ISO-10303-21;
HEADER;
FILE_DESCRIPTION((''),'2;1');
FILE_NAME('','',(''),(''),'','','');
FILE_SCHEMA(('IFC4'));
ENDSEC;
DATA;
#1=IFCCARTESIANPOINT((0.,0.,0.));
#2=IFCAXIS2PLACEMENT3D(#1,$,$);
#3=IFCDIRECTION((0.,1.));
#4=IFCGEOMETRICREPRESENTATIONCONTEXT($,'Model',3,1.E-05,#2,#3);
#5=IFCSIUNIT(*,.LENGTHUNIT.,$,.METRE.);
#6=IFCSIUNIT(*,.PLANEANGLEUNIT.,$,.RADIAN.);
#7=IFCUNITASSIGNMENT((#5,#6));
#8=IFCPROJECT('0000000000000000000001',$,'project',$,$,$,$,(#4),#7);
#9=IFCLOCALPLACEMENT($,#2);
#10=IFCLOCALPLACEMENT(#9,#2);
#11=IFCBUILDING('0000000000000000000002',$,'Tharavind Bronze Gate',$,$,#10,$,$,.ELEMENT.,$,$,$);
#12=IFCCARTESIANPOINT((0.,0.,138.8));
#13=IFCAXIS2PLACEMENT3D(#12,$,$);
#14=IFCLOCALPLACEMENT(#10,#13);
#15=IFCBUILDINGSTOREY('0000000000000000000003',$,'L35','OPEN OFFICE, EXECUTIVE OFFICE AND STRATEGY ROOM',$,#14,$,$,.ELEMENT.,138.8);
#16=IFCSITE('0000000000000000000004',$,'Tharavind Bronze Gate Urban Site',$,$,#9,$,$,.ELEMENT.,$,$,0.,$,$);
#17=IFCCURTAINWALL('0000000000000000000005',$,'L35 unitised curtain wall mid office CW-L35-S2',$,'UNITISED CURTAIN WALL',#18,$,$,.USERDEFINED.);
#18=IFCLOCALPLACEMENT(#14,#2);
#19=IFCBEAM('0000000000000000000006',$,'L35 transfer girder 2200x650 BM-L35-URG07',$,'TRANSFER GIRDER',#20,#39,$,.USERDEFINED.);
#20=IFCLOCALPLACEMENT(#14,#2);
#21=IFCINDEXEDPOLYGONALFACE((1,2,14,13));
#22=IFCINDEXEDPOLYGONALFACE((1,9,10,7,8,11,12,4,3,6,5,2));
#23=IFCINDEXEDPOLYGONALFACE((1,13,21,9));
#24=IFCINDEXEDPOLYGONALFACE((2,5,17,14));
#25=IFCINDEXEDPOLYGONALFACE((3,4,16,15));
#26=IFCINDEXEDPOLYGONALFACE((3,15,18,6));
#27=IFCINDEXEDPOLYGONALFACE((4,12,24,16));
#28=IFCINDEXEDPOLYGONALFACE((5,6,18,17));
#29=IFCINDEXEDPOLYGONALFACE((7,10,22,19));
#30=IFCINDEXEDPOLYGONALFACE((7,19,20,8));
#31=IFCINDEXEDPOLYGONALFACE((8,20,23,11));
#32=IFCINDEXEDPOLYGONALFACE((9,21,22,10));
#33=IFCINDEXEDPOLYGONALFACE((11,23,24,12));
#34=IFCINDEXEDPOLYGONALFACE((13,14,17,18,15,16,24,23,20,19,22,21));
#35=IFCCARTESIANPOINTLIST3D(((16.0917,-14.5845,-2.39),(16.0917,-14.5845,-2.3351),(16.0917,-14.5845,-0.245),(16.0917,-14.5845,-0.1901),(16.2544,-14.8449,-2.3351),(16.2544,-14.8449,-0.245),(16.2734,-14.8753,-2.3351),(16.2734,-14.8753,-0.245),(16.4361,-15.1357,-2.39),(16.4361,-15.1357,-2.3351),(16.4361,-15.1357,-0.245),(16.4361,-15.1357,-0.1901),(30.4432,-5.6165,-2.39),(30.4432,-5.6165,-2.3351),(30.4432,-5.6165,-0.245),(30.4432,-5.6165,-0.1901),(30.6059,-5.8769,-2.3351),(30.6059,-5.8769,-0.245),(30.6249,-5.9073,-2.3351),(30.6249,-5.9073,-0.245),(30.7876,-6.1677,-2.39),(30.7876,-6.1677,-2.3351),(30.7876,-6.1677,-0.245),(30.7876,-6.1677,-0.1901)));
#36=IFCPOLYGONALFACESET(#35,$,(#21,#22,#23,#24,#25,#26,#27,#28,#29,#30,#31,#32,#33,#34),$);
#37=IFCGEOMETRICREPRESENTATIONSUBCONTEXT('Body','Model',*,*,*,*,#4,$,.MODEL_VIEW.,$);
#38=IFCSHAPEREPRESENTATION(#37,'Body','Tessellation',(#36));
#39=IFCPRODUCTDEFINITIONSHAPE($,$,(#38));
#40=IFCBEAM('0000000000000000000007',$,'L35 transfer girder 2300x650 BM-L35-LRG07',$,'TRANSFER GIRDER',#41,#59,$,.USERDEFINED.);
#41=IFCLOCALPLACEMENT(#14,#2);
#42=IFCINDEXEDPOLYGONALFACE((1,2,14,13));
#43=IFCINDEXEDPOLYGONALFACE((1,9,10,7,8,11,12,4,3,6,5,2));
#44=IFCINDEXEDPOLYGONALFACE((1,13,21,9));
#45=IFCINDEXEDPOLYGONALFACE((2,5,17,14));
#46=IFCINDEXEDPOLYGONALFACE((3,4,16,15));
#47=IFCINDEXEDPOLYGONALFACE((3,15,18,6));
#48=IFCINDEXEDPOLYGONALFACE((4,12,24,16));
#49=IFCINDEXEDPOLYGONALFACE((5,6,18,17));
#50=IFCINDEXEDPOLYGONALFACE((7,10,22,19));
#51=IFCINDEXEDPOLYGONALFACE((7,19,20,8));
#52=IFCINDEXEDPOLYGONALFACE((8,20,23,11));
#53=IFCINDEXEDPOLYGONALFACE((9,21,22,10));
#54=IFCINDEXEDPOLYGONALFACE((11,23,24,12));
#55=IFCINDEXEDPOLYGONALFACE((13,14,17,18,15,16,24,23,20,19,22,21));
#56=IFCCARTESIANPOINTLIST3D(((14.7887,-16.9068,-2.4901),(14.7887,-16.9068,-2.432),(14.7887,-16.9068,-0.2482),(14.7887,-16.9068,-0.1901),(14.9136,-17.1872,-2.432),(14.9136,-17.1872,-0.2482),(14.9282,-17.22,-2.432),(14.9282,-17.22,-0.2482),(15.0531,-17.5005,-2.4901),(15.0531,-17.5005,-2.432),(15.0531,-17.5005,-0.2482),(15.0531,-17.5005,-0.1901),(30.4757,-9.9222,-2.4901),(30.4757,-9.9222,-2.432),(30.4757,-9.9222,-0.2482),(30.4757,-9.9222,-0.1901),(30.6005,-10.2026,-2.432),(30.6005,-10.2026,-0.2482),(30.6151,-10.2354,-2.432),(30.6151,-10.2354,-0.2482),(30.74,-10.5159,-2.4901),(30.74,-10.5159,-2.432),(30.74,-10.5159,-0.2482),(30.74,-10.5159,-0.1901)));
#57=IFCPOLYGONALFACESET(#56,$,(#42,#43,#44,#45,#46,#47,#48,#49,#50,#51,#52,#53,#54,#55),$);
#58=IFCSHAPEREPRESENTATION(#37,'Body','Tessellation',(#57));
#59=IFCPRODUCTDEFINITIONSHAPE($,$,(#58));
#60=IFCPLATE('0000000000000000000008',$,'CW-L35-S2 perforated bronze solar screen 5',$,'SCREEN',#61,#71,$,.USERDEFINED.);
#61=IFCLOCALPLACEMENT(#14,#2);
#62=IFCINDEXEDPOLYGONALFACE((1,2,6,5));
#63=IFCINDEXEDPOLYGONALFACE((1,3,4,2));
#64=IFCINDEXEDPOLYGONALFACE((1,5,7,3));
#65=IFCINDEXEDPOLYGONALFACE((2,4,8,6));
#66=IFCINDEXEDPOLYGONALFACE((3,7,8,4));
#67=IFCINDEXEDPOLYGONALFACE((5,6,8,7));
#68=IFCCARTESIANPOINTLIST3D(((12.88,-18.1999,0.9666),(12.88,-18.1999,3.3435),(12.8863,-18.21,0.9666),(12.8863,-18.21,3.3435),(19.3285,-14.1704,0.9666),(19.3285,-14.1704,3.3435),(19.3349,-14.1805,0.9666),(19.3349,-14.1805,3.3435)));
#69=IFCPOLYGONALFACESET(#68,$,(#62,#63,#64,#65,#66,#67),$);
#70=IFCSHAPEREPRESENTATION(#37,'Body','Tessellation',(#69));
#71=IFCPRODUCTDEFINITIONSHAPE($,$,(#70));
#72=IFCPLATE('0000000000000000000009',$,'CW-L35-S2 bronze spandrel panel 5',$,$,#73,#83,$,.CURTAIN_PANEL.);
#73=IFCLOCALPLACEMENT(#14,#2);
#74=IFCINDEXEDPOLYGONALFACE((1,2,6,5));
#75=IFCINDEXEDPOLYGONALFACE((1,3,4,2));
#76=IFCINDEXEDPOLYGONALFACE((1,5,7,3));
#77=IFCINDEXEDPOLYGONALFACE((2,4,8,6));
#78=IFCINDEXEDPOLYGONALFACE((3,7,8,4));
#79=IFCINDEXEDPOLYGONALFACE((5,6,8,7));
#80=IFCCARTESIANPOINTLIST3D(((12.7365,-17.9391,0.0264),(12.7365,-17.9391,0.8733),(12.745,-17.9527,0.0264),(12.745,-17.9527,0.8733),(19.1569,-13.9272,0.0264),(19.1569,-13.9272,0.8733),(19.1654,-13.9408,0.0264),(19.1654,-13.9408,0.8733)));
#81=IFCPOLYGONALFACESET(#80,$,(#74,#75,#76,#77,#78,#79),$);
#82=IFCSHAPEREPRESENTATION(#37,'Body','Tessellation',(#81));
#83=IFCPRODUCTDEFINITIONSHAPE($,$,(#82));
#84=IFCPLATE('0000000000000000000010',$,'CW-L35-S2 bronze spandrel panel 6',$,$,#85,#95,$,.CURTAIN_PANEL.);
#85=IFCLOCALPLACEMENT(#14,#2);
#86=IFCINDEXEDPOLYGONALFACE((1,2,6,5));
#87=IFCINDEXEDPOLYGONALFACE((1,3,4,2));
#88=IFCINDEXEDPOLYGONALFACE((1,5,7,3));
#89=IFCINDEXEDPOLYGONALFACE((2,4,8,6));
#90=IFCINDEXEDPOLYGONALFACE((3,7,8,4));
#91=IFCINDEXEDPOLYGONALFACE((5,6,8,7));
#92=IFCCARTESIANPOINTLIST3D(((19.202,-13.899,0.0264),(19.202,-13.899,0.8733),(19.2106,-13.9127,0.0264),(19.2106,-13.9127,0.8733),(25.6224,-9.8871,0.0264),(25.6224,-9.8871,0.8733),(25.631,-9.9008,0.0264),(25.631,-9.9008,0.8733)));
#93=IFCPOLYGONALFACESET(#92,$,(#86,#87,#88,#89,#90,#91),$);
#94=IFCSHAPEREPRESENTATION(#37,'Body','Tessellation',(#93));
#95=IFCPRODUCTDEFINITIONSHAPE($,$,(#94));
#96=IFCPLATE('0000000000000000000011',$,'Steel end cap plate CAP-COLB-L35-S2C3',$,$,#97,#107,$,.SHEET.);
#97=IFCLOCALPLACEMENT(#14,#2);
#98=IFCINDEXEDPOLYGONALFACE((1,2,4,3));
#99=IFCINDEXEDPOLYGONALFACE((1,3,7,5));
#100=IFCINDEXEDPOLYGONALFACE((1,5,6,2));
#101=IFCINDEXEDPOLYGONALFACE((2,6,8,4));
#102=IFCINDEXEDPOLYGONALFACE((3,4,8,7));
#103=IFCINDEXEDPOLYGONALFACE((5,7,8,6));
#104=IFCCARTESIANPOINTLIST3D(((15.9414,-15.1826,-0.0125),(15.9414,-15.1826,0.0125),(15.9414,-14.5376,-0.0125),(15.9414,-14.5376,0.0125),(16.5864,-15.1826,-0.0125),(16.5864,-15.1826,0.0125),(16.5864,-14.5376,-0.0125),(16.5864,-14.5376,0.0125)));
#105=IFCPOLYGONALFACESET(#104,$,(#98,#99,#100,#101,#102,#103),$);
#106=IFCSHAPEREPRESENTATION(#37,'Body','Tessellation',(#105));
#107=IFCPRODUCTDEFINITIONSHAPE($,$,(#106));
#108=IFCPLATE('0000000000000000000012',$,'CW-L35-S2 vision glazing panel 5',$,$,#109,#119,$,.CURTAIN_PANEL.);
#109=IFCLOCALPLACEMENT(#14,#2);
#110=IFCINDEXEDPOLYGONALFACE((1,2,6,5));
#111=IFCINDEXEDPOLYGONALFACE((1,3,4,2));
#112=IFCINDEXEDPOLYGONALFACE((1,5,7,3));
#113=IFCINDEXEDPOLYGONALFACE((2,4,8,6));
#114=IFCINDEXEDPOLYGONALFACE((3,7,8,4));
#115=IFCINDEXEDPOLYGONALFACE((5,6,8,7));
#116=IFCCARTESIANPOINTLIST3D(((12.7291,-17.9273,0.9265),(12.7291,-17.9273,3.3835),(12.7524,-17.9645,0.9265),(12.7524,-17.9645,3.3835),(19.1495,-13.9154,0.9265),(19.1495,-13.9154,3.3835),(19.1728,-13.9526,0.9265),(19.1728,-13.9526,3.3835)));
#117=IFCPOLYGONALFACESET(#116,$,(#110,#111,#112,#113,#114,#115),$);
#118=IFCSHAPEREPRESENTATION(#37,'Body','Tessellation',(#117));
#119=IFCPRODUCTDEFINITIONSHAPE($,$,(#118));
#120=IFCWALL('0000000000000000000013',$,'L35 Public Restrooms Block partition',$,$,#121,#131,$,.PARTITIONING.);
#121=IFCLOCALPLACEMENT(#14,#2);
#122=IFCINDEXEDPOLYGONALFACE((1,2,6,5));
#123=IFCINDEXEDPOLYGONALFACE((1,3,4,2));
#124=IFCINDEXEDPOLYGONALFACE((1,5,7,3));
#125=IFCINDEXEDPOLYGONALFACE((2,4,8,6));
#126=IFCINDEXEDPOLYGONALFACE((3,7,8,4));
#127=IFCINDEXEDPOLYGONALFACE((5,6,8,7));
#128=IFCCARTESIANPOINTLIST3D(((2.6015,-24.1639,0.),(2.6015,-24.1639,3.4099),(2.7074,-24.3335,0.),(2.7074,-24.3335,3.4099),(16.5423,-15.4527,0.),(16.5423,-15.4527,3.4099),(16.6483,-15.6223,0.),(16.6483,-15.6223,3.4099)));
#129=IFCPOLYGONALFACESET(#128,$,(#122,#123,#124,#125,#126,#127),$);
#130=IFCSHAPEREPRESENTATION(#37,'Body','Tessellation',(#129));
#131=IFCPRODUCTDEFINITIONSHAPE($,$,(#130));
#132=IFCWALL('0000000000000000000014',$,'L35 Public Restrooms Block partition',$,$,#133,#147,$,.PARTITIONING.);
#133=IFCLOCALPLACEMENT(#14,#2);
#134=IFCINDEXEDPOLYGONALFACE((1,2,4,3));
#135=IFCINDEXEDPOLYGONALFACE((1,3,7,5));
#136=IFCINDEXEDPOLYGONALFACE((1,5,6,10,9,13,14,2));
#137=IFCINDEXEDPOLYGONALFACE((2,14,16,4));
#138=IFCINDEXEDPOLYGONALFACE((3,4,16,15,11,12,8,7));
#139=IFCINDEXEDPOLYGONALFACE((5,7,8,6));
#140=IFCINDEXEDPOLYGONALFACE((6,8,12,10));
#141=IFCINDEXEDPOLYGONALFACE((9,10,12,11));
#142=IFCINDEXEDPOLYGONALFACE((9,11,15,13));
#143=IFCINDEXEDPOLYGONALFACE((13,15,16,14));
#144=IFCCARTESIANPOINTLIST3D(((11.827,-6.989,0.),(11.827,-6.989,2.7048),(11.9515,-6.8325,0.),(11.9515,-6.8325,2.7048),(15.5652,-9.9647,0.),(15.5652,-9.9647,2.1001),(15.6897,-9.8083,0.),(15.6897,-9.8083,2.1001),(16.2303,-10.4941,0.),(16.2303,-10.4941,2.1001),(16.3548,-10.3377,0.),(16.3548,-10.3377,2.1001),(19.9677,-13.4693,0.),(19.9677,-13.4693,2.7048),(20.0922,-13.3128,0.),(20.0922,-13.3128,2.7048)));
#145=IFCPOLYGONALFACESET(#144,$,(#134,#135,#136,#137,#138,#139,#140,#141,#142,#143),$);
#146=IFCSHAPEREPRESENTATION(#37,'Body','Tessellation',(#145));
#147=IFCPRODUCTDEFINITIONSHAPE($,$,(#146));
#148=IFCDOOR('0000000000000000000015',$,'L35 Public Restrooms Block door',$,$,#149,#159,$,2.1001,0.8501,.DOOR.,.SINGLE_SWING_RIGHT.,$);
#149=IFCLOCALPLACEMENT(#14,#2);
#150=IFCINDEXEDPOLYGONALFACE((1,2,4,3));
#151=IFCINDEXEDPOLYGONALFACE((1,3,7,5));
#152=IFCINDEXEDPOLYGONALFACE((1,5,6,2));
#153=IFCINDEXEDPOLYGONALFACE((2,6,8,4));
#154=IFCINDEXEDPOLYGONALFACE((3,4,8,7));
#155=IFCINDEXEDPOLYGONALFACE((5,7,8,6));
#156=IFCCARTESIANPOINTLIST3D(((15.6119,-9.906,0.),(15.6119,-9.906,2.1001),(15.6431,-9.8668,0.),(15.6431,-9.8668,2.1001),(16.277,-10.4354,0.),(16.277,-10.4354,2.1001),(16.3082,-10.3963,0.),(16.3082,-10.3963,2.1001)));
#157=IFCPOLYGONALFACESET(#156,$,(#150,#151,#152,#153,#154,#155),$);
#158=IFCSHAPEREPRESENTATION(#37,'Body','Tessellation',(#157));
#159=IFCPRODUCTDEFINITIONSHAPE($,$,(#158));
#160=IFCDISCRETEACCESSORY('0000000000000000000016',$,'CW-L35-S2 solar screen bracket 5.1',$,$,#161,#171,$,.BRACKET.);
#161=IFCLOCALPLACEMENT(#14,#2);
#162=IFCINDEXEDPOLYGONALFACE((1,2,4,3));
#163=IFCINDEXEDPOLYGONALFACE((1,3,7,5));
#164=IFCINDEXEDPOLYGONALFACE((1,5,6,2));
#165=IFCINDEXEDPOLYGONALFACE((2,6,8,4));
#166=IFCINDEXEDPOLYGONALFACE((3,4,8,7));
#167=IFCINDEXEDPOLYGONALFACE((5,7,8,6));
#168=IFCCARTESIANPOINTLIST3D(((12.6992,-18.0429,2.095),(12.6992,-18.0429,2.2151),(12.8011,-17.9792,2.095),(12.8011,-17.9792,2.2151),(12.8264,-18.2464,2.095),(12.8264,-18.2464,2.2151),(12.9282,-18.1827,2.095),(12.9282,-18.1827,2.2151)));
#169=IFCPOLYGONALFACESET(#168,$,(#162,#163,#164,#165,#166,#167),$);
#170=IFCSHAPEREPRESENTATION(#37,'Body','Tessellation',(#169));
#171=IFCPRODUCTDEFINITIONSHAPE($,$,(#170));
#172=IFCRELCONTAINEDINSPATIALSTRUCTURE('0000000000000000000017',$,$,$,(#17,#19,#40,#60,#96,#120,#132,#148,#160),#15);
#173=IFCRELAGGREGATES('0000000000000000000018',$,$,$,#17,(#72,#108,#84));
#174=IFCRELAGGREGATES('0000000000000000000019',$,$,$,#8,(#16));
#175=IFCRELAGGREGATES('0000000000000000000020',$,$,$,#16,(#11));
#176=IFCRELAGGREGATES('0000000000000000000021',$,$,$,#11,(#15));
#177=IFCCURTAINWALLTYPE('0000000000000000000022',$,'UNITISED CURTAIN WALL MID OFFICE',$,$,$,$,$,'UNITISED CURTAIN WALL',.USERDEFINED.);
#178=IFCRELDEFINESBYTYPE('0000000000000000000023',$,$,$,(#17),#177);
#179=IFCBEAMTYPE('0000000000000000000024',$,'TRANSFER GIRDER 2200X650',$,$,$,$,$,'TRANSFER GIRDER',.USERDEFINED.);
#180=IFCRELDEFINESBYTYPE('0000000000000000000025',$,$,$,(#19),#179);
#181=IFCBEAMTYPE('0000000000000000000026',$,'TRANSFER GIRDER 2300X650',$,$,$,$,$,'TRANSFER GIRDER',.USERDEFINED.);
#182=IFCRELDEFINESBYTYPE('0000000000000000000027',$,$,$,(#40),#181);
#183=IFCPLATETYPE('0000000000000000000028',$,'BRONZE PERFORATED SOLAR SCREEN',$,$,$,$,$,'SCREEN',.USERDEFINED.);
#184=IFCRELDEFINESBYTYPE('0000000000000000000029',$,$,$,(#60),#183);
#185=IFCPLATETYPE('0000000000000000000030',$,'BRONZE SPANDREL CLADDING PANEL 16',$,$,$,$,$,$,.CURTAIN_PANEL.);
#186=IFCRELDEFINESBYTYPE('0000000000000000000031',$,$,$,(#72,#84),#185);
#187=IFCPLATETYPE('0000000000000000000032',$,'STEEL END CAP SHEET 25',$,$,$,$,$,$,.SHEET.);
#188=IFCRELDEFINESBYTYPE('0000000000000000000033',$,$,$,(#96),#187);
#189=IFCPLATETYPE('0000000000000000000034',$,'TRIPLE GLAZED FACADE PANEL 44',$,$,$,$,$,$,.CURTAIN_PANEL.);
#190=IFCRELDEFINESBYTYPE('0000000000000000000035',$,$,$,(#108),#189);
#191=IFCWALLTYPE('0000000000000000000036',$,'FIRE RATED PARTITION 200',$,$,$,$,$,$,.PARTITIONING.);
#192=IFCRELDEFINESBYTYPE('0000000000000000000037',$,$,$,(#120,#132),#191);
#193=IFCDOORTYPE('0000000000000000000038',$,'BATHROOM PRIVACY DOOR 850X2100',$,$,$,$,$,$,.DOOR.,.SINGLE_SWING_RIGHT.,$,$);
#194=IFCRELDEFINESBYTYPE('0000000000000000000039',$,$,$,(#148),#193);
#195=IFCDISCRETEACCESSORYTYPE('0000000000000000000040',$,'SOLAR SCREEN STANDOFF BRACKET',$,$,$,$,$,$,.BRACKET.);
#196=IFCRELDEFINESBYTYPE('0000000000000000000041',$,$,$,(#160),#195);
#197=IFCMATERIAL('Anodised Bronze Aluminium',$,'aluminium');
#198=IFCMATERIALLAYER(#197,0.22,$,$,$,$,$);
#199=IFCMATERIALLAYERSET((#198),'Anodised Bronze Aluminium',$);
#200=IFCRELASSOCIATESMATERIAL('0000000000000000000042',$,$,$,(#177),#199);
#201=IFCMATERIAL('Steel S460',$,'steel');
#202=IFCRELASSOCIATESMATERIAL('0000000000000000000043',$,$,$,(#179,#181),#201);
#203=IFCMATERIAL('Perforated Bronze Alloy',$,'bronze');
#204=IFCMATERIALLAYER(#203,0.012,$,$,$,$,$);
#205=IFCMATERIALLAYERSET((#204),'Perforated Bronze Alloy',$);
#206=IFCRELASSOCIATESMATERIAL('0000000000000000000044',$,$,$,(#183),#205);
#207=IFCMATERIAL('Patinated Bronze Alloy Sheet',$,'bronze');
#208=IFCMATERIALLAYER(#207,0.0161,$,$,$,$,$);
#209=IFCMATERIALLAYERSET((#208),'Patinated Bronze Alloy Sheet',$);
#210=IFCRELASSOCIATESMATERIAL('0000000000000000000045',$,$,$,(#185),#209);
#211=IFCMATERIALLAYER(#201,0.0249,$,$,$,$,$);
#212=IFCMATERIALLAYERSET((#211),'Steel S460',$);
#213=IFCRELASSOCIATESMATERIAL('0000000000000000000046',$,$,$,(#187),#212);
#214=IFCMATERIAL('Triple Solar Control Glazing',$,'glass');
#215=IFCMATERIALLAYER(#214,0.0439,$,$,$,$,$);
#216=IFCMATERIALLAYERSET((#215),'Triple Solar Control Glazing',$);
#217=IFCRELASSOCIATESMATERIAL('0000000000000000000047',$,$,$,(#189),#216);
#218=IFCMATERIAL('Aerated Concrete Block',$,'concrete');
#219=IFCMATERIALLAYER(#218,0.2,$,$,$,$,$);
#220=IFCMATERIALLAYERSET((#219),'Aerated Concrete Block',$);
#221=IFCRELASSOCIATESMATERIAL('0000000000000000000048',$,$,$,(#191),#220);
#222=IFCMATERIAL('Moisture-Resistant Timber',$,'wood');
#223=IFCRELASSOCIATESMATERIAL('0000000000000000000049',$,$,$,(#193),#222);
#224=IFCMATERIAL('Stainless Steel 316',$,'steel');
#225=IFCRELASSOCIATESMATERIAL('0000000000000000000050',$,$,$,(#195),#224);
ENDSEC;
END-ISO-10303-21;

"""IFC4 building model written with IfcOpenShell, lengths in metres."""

from ifc_helpers import new_model, si_unit, direction, frame, frame_2d, origin, origin_2d, place, context, subcontext, project, spatial, rectangle, i_section, extrude, material, layer, layer_set, material_profile, profile_set, type_object, element, fill, aggregate, save


model = new_model("IFC4")

# Units and contexts
model_context = context("Model", 3, precision=1e-05, world=origin(), true_north=direction((0.0, 1.0)))
body_context = subcontext(model_context, "Body", "Model", "MODEL_VIEW")
ifc_project = project(units=[si_unit("LENGTHUNIT", "METRE"), si_unit("PLANEANGLEUNIT", "RADIAN")], contexts=[model_context])

# Site, building, storey
site_placement = place(None, origin())
site = spatial("IfcSite", under=ifc_project, at=site_placement, Name="Tharavind Bronze Gate Urban Site", CompositionType="ELEMENT", RefElevation=0.0)
building_placement = place(site_placement, origin())
building = spatial("IfcBuilding", under=site, at=building_placement, Name="Tharavind Bronze Gate", CompositionType="ELEMENT")
storey_placement = place(building_placement, frame((0.0, 0.0, 138.8)))
storey = spatial("IfcBuildingStorey", under=building, at=storey_placement, Name="L35", Description="OPEN OFFICE, EXECUTIVE OFFICE AND STRATEGY ROOM", CompositionType="ELEMENT", Elevation=138.8)

# Shared definitions
ifc_material_1 = material(Name="Steel S460", Category="steel")

# Curtain wall
ifc_material_2 = material(Name="Anodised Bronze Aluminium", Category="aluminium")
ifc_layer_1 = layer(ifc_material_2, 0.22)
ifc_layer_set_1 = layer_set([ifc_layer_1], Name="Anodised Bronze Aluminium")
curtain_wall_type = type_object("IfcCurtainWallType", Name="UNITISED CURTAIN WALL MID OFFICE", ElementType="UNITISED CURTAIN WALL", PredefinedType="USERDEFINED", material=ifc_layer_set_1)
curtain_wall_placement = place(storey_placement, origin())
curtain_wall = element("IfcCurtainWall", 1, at=curtain_wall_placement, inside=storey, type_object=curtain_wall_type, Name="L35 unitised curtain wall mid office CW-L35-S2", ObjectType="UNITISED CURTAIN WALL", PredefinedType="USERDEFINED")

# Beams
ifc_material_profile_1 = material_profile(ifc_material_1, i_section(OverallWidth=0.6499, OverallDepth=2.2, WebThickness=0.0359, FlangeThickness=0.0549, at=origin_2d()), Name="PG2200X650")
ifc_profile_set_1 = profile_set([ifc_material_profile_1], Name="Steel S460")
beam_type_1 = type_object("IfcBeamType", Name="TRANSFER GIRDER 2200X650", ElementType="TRANSFER GIRDER", PredefinedType="USERDEFINED", material=ifc_profile_set_1)
beam_1_placement = place(storey_placement, frame((16.2639, -14.8601, -1.29), z_axis=(0.848044, 0.529926, 0.0), x_axis=(-0.529926, 0.848044, 0.0)))
element("IfcBeam", 2, at=beam_1_placement, inside=storey, type_object=beam_type_1, Name="L35 transfer girder 2200x650 BM-L35-URG07", ObjectType="TRANSFER GIRDER", PredefinedType="USERDEFINED", context=body_context, shape_type="SweptSolid", body=[
    extrude(i_section(OverallWidth=0.6499, OverallDepth=2.2, WebThickness=0.0359, FlangeThickness=0.0549, at=origin_2d()), origin(), (0.0, 0.0, 1.0), 16.9231),
])
ifc_material_profile_2 = material_profile(ifc_material_1, i_section(OverallWidth=0.6499, OverallDepth=2.3, WebThickness=0.0359, FlangeThickness=0.0581, at=origin_2d()), Name="PG2300X650")
ifc_profile_set_2 = profile_set([ifc_material_profile_2], Name="Steel S460")
beam_type_2 = type_object("IfcBeamType", Name="TRANSFER GIRDER 2300X650", ElementType="TRANSFER GIRDER", PredefinedType="USERDEFINED", material=ifc_profile_set_2)
beam_2_placement = place(storey_placement, frame((14.9209, -17.2036, -1.3401), z_axis=(0.913539, 0.406752, 0.0), x_axis=(-0.406752, 0.913539, 0.0)))
element("IfcBeam", 3, at=beam_2_placement, inside=storey, type_object=beam_type_2, Name="L35 transfer girder 2300x650 BM-L35-LRG07", ObjectType="TRANSFER GIRDER", PredefinedType="USERDEFINED", context=body_context, shape_type="SweptSolid", body=[
    extrude(i_section(OverallWidth=0.6499, OverallDepth=2.3, WebThickness=0.0359, FlangeThickness=0.0581, at=origin_2d()), origin(), (0.0, 0.0, 1.0), 17.1716),
])

# Plates
ifc_material_3 = material(Name="Perforated Bronze Alloy", Category="bronze")
ifc_layer_2 = layer(ifc_material_3, 0.012)
ifc_layer_set_2 = layer_set([ifc_layer_2], Name="Perforated Bronze Alloy")
plate_type_1 = type_object("IfcPlateType", Name="BRONZE PERFORATED SOLAR SCREEN", ElementType="SCREEN", PredefinedType="USERDEFINED", material=ifc_layer_set_2)
plate_1_placement = place(storey_placement, frame((16.1074, -16.1902, 0.9666), z_axis=(0.0, 0.0, 1.0), x_axis=(0.848048, 0.529919, 0.0)))
element("IfcPlate", 4, at=plate_1_placement, inside=storey, type_object=plate_type_1, Name="CW-L35-S2 perforated bronze solar screen 5", ObjectType="SCREEN", PredefinedType="USERDEFINED", context=body_context, shape_type="SweptSolid", body=[
    extrude(rectangle(XDim=7.604, YDim=0.012, at=origin_2d()), origin(), (0.0, 0.0, 1.0), 2.377),
])
ifc_material_4 = material(Name="Patinated Bronze Alloy Sheet", Category="bronze")
ifc_layer_3 = layer(ifc_material_4, 0.0161)
ifc_layer_set_3 = layer_set([ifc_layer_3], Name="Patinated Bronze Alloy Sheet")
plate_type_2 = type_object("IfcPlateType", Name="BRONZE SPANDREL CLADDING PANEL 16", PredefinedType="CURTAIN_PANEL", material=ifc_layer_set_3)
plate_2_placement = place(storey_placement, frame((15.9509, -15.9399, 0.0264), z_axis=(0.0, 0.0, 1.0), x_axis=(0.848048, 0.529919, 0.0)))
plate_2 = element("IfcPlate", 5, at=plate_2_placement, type_object=plate_type_2, Name="CW-L35-S2 bronze spandrel panel 5", PredefinedType="CURTAIN_PANEL", context=body_context, shape_type="SweptSolid", body=[
    extrude(rectangle(XDim=7.5708, YDim=0.0161, at=origin_2d()), origin(), (0.0, 0.0, 1.0), 0.8469),
])
plate_3_placement = place(storey_placement, frame((22.4165, -11.8999, 0.0264), z_axis=(0.0, 0.0, 1.0), x_axis=(0.848048, 0.529919, 0.0)))
plate_3 = element("IfcPlate", 6, at=plate_3_placement, type_object=plate_type_2, Name="CW-L35-S2 bronze spandrel panel 6", PredefinedType="CURTAIN_PANEL", context=body_context, shape_type="SweptSolid", body=[
    extrude(rectangle(XDim=7.5708, YDim=0.0161, at=origin_2d()), origin(), (0.0, 0.0, 1.0), 0.8469),
])
ifc_layer_4 = layer(ifc_material_1, 0.0249)
ifc_layer_set_4 = layer_set([ifc_layer_4], Name="Steel S460")
plate_type_3 = type_object("IfcPlateType", Name="STEEL END CAP SHEET 25", PredefinedType="SHEET", material=ifc_layer_set_4)
plate_4_placement = place(storey_placement, frame((16.2639, -14.8601, -0.0125), z_axis=(0.0, 0.0, 1.0), x_axis=(1.0, 0.0, 0.0)))
element("IfcPlate", 7, at=plate_4_placement, inside=storey, type_object=plate_type_3, Name="Steel end cap plate CAP-COLB-L35-S2C3", PredefinedType="SHEET", context=body_context, shape_type="SweptSolid", body=[
    extrude(rectangle(XDim=0.645, YDim=0.645, at=origin_2d()), origin(), (0.0, 0.0, 1.0), 0.0249),
])
ifc_material_5 = material(Name="Triple Solar Control Glazing", Category="glass")
ifc_layer_5 = layer(ifc_material_5, 0.0439)
ifc_layer_set_5 = layer_set([ifc_layer_5], Name="Triple Solar Control Glazing")
plate_type_4 = type_object("IfcPlateType", Name="TRIPLE GLAZED FACADE PANEL 44", PredefinedType="CURTAIN_PANEL", material=ifc_layer_set_5)
plate_5_placement = place(storey_placement, frame((15.9509, -15.9399, 0.9265), z_axis=(0.0, 0.0, 1.0), x_axis=(0.848048, 0.529919, 0.0)))
plate_5 = element("IfcPlate", 8, at=plate_5_placement, type_object=plate_type_4, Name="CW-L35-S2 vision glazing panel 5", PredefinedType="CURTAIN_PANEL", context=body_context, shape_type="SweptSolid", body=[
    extrude(rectangle(XDim=7.5708, YDim=0.0439, at=origin_2d()), origin(), (0.0, 0.0, 1.0), 2.457),
])
aggregate(curtain_wall, [plate_2, plate_5, plate_3])

# Wall
ifc_material_6 = material(Name="Aerated Concrete Block", Category="concrete")
ifc_layer_6 = layer(ifc_material_6, 0.2)
ifc_layer_set_6 = layer_set([ifc_layer_6], Name="Aerated Concrete Block")
wall_type = type_object("IfcWallType", Name="FIRE RATED PARTITION 200", PredefinedType="PARTITIONING", material=ifc_layer_set_6)
wall_1_placement = place(storey_placement, frame((16.5952, -15.5376, 0.0), z_axis=(0.0, 0.0, 1.0), x_axis=(-0.84805, -0.529916, 0.0)))
element("IfcWall", 9, at=wall_1_placement, inside=storey, type_object=wall_type, Name="L35 Public Restrooms Block partition", PredefinedType="PARTITIONING", context=body_context, shape_type="SweptSolid", body=[
    extrude(rectangle(XDim=16.4387, YDim=0.2, at=frame_2d((8.2192, 0.0))), origin(), (0.0, 0.0, 1.0), 3.4099),
])

# Wall, opening, door
wall_2_placement = place(storey_placement, frame((20.03, -13.3911, 0.0), z_axis=(0.0, 0.0, 1.0), x_axis=(-0.78238, 0.622802, 0.0)))
wall_2 = element("IfcWall", 10, at=wall_2_placement, inside=storey, type_object=wall_type, Name="L35 Public Restrooms Block partition", PredefinedType="PARTITIONING", context=body_context, shape_type="SweptSolid", body=[
    extrude(rectangle(XDim=10.405, YDim=0.2, at=frame_2d((5.2026, 0.0))), origin(), (0.0, 0.0, 1.0), 2.7048),
])
opening_placement = place(wall_2_placement, frame((4.7771, 0.0, 0.0)))
opening = element("IfcOpeningElement", 11, at=opening_placement, cuts=wall_2, PredefinedType="OPENING", context=body_context, shape_type="SweptSolid", body=[
    extrude(rectangle(XDim=0.8501, YDim=2.1001, at=frame_2d((0.425, 1.05))), frame((0.0, 0.1101, 0.0), z_axis=(0.0, -1.0, 0.0), x_axis=(1.0, 0.0, 0.0)), (0.0, 0.0, 1.0), 0.22),
])
ifc_material_7 = material(Name="Moisture-Resistant Timber", Category="wood")
door_type = type_object("IfcDoorType", Name="BATHROOM PRIVACY DOOR 850X2100", OperationType="SINGLE_SWING_RIGHT", PredefinedType="DOOR", material=ifc_material_7)
door_placement = place(opening_placement, origin())
door = element("IfcDoor", 12, at=door_placement, inside=storey, type_object=door_type, Name="L35 Public Restrooms Block door", OperationType="SINGLE_SWING_RIGHT", OverallHeight=2.1001, OverallWidth=0.8501, PredefinedType="DOOR", context=body_context, shape_type="SweptSolid", body=[
    extrude(rectangle(XDim=0.8501, YDim=2.1001, at=frame_2d((0.425, 1.05))), frame((0.0, 0.0249, 0.0), z_axis=(0.0, -1.0, 0.0), x_axis=(1.0, 0.0, 0.0)), (0.0, 0.0, 1.0), 0.05),
])
fill(opening, door)

# Discrete accessory
ifc_material_8 = material(Name="Stainless Steel 316", Category="steel")
discrete_accessory_type = type_object("IfcDiscreteAccessoryType", Name="SOLAR SCREEN STANDOFF BRACKET", PredefinedType="BRACKET", material=ifc_material_8)
for number, where, z_axis, x_axis, name in (
    (13, (12.8137, -18.1128, 2.095), (0.0, 0.0, 1.0), (0.848048, 0.529919, 0.0), "CW-L35-S2 solar screen bracket 5.1"),
):
    element("IfcDiscreteAccessory", number, at=place(storey_placement, frame(where, z_axis=z_axis, x_axis=x_axis)), inside=storey, type_object=discrete_accessory_type, Name=name, PredefinedType="BRACKET", context=body_context, shape_type="SweptSolid", body=[
        extrude(rectangle(XDim=0.1201, YDim=0.24, at=origin_2d()), origin(), (0.0, 0.0, 1.0), 0.1201),
    ])

save(model, "model.ifc")
